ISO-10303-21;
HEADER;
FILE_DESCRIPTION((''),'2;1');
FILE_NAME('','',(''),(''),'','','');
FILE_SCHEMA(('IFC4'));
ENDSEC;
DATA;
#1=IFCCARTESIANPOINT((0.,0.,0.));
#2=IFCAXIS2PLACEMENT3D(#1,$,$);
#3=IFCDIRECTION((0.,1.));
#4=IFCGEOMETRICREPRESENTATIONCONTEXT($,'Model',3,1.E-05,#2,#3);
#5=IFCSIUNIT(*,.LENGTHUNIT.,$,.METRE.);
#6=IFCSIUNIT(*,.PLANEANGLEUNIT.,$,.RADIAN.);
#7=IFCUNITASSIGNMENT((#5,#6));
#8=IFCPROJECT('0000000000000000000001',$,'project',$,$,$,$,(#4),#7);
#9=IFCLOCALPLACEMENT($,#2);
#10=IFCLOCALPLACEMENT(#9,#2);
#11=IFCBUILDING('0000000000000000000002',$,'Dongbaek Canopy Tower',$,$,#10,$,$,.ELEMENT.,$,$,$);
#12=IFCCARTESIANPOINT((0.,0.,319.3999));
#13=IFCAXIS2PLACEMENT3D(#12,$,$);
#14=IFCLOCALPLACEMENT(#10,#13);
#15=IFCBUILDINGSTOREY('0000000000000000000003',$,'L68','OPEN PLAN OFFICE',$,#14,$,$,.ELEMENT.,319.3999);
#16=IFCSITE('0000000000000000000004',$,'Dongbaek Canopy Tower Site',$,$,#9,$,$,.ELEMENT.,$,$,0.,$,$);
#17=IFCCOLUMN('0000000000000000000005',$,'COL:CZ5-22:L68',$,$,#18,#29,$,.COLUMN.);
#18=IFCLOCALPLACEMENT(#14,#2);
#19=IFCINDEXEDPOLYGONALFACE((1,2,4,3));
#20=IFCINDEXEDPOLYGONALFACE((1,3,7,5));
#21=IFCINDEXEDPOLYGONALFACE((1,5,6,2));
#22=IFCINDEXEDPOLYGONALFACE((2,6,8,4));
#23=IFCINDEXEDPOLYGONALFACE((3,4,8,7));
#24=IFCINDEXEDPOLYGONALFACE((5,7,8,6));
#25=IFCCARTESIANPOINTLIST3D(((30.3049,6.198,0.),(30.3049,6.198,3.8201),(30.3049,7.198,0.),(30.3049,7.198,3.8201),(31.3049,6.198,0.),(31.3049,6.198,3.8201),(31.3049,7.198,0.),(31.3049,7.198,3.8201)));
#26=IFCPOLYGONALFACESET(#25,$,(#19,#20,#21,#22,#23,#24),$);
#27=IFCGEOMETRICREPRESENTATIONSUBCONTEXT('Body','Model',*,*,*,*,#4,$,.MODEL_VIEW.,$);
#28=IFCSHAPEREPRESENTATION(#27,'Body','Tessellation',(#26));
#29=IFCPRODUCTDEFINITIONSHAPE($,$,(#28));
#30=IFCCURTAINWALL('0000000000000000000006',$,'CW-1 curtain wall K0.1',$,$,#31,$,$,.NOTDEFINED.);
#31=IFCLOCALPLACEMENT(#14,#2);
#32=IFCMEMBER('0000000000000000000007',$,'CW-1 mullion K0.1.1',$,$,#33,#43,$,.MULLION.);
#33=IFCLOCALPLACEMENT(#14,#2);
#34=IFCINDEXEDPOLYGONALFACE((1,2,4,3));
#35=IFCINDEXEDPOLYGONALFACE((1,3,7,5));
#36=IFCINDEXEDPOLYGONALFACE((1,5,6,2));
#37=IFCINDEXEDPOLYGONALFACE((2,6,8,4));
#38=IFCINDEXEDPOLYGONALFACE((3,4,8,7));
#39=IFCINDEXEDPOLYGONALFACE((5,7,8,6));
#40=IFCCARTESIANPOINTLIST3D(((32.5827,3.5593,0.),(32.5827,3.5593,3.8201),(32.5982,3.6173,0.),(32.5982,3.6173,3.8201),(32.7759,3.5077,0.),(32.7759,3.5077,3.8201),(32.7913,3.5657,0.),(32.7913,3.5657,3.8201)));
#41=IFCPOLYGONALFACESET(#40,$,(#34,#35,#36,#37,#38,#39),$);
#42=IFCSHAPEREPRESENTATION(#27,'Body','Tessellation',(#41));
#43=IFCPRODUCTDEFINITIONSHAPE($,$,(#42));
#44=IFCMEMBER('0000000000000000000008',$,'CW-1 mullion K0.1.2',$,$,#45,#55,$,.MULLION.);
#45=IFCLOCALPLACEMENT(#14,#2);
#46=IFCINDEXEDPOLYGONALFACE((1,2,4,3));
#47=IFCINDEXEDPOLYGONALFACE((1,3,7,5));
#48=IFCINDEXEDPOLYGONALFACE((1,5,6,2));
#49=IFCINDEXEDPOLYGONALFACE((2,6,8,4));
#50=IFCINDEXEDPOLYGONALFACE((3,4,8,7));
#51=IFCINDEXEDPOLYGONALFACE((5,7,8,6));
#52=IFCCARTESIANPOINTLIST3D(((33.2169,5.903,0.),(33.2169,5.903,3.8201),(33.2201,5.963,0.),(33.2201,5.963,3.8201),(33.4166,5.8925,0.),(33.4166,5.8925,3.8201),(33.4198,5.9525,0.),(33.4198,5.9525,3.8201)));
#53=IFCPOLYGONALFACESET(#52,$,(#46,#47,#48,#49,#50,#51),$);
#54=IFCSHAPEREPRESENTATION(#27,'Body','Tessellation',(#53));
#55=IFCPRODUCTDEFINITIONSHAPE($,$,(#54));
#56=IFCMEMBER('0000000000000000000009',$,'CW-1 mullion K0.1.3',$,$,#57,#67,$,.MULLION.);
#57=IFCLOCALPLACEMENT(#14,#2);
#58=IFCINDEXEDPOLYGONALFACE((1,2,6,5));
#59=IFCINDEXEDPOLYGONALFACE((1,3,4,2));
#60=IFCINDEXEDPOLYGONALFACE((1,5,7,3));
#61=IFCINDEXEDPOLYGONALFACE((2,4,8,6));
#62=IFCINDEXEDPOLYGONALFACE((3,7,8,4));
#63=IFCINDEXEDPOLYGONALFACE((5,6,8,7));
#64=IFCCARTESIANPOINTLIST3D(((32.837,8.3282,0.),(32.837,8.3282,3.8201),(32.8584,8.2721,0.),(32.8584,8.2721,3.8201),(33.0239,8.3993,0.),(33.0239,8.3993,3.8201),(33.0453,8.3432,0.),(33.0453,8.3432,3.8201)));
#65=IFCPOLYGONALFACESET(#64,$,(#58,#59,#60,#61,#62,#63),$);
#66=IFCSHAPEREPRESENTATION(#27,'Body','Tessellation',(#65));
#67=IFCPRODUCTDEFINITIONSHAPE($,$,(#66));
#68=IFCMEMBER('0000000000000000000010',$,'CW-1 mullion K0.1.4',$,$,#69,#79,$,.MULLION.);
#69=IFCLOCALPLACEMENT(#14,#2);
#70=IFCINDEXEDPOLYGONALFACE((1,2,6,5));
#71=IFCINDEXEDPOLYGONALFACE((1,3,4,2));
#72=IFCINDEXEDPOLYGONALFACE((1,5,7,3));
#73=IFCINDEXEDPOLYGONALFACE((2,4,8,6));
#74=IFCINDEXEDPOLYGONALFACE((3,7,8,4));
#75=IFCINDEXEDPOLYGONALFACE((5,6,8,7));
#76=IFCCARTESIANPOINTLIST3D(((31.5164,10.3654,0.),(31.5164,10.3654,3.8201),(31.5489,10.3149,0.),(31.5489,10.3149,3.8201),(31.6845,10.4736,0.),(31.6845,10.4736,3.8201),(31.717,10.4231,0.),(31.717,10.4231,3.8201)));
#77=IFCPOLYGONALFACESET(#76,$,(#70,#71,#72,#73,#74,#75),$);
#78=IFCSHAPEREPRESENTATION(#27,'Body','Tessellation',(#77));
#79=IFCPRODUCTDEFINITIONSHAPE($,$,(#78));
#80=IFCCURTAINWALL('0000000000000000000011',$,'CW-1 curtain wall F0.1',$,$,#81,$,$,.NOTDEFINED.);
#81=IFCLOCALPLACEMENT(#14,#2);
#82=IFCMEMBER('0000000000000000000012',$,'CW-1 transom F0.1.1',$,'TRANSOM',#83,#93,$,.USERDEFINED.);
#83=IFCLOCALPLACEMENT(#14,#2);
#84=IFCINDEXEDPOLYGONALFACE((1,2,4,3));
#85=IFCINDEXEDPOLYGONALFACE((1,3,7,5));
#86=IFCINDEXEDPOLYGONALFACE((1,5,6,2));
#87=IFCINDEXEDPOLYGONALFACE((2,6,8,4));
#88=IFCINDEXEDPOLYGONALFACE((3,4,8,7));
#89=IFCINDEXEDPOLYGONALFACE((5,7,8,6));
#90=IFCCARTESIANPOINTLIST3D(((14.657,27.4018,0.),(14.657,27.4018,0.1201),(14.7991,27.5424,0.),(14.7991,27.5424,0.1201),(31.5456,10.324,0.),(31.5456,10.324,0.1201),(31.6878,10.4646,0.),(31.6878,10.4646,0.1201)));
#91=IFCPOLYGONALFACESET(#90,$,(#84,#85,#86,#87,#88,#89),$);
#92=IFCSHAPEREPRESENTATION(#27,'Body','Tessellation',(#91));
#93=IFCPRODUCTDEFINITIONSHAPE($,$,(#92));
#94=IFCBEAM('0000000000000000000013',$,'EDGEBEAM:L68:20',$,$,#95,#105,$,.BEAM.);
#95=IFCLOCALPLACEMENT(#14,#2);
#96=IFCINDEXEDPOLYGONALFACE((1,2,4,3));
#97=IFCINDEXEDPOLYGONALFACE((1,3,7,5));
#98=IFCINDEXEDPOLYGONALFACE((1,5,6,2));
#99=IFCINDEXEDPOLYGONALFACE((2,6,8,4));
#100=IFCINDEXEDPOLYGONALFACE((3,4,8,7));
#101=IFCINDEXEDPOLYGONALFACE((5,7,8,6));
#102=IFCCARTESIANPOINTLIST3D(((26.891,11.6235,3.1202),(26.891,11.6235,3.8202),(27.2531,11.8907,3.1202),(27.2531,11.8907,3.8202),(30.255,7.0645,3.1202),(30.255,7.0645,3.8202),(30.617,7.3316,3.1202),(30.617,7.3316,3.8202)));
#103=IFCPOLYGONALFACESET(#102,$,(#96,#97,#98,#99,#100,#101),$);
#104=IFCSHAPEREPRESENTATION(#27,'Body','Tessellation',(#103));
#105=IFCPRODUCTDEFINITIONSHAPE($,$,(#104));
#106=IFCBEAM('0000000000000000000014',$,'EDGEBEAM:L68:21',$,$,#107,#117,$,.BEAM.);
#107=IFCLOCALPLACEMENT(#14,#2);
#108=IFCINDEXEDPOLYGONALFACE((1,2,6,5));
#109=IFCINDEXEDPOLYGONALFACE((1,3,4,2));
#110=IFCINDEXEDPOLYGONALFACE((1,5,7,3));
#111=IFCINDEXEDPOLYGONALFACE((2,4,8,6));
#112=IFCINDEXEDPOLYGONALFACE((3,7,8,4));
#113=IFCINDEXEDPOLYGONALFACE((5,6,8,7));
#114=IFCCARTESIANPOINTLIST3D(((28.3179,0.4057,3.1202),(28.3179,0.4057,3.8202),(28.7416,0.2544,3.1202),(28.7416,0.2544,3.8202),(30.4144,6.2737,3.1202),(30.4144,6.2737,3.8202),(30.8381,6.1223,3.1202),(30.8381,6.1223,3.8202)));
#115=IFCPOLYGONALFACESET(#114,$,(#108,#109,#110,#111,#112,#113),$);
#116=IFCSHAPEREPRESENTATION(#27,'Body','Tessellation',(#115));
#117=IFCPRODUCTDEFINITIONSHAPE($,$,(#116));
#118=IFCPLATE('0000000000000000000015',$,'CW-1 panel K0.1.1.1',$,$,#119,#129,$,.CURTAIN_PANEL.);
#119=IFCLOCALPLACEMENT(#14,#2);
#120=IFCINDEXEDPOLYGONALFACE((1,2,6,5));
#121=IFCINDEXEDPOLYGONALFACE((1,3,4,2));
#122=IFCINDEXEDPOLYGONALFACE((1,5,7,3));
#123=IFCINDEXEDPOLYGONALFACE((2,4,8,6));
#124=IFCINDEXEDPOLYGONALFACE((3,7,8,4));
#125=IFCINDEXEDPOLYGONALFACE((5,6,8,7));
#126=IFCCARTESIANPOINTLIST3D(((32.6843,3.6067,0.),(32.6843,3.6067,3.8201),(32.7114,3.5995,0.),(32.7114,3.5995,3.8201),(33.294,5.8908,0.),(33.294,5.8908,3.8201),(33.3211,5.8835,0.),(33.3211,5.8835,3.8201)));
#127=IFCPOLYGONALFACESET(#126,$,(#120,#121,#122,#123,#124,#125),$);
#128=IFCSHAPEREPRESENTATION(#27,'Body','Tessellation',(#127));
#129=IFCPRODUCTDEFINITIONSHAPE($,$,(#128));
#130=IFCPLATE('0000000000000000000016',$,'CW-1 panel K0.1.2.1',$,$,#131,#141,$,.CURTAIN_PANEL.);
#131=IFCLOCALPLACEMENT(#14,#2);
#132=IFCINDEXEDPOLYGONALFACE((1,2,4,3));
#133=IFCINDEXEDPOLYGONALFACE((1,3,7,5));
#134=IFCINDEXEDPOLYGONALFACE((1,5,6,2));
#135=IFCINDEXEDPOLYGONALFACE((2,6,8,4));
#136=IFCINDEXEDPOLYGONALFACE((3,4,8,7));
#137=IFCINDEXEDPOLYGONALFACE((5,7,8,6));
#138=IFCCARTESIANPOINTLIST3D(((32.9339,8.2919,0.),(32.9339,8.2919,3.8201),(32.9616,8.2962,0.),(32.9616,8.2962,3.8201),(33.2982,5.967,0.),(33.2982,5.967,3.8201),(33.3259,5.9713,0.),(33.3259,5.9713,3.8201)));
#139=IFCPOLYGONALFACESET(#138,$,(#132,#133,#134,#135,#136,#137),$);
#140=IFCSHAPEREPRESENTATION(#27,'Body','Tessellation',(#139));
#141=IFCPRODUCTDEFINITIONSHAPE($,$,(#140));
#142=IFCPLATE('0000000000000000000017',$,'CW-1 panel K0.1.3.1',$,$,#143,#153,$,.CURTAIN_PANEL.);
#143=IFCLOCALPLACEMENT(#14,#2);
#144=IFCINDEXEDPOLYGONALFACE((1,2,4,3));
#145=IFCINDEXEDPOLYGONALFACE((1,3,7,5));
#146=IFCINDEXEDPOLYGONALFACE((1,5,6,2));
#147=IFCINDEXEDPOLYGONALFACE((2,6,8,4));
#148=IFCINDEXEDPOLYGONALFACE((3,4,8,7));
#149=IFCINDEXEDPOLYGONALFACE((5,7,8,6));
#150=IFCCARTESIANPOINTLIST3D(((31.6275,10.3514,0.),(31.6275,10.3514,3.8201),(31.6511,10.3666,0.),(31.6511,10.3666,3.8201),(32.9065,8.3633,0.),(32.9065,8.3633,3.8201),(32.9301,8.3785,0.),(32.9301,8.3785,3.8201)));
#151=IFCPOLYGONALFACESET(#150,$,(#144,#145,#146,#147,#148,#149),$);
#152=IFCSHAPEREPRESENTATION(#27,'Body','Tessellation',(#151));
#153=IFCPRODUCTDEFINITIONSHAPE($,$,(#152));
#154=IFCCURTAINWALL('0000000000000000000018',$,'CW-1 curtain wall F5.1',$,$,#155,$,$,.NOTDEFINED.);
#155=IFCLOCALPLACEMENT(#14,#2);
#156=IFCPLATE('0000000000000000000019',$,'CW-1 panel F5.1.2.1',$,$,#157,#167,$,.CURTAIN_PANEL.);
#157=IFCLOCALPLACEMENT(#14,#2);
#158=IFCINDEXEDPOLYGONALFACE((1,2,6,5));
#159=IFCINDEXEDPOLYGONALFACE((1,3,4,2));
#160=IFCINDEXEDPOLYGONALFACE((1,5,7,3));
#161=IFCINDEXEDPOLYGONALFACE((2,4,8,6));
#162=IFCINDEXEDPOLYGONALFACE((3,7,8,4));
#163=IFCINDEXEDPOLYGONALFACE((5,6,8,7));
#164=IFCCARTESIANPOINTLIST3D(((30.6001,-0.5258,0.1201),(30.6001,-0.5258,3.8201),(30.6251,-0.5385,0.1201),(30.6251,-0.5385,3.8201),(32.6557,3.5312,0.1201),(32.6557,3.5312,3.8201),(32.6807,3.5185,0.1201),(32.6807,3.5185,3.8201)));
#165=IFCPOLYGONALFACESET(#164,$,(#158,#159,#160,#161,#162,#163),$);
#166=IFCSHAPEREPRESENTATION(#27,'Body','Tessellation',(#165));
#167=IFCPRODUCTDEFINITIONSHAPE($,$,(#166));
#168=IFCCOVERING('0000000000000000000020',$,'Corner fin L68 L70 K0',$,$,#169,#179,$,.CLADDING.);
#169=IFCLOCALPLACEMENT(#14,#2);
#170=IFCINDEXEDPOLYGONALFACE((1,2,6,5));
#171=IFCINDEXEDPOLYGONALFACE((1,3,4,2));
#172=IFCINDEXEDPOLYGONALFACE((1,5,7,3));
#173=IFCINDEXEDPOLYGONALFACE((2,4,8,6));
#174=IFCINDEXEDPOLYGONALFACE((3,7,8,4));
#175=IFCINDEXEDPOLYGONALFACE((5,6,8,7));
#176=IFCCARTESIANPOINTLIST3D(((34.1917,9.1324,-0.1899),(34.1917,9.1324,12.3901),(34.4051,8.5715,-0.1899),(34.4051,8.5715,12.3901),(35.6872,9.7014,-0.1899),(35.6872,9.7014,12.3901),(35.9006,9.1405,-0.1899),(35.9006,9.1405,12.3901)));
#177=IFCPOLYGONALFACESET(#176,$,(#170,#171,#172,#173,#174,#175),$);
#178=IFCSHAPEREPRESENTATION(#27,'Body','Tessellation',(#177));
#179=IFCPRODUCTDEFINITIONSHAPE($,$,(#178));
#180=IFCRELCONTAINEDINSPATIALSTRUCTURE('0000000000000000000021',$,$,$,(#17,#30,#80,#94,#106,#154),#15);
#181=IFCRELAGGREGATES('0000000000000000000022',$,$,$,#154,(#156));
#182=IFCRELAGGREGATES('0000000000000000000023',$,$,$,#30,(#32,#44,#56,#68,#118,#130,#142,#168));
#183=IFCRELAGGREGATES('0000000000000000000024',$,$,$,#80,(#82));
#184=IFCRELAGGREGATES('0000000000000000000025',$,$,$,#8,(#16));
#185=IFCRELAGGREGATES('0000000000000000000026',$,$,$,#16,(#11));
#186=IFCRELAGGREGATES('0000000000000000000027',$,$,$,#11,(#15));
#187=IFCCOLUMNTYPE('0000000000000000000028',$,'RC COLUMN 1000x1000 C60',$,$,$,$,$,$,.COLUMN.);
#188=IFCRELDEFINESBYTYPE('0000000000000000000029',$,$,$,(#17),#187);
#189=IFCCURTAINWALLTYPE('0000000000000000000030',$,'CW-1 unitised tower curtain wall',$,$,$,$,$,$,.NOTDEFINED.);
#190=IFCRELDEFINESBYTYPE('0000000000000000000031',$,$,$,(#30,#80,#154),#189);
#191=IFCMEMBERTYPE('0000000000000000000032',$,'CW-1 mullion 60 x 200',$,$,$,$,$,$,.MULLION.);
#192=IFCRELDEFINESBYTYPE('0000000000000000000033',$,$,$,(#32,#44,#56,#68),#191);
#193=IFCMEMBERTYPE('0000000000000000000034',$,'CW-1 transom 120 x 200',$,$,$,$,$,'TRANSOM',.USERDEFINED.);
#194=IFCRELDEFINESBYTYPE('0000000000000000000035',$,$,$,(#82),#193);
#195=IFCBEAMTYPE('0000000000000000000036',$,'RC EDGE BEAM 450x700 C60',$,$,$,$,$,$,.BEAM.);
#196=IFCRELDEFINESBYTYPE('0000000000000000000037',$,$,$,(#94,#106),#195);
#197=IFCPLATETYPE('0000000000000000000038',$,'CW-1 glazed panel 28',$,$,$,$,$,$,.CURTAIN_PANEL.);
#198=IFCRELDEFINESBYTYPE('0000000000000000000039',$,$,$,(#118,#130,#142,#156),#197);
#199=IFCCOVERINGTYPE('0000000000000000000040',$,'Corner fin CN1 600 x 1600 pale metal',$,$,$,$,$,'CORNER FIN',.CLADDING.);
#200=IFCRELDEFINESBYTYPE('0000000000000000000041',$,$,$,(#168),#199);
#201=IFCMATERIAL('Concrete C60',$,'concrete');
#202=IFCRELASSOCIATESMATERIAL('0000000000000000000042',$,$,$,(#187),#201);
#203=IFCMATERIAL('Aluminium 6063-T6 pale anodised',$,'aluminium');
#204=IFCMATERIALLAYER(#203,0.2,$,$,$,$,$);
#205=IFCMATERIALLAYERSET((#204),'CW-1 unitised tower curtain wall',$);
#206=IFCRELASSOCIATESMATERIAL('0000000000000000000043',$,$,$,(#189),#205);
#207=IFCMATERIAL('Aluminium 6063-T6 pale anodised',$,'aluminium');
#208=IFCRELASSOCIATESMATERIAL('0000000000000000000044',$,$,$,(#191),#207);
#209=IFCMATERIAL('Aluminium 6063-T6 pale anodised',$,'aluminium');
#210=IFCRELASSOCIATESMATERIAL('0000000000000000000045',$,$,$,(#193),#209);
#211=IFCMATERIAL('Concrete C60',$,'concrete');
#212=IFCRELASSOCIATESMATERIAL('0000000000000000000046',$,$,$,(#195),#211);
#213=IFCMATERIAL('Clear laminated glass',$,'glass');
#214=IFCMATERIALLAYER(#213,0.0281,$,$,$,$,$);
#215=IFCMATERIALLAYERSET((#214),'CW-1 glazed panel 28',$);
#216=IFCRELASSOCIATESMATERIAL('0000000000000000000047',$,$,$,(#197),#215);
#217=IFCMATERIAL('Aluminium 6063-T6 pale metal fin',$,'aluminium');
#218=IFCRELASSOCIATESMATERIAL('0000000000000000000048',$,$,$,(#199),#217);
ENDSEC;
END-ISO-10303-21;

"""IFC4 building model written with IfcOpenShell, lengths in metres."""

from ifc_helpers import new_model, si_unit, direction, frame, origin, origin_2d, place, context, subcontext, project, spatial, rectangle, extrude, material, layer, layer_set, material_profile, profile_set, type_object, element, aggregate, save


model = new_model("IFC4")

# Units and contexts
model_context = context("Model", 3, precision=1e-05, world=origin(), true_north=direction((0.0, 1.0)))
body_context = subcontext(model_context, "Body", "Model", "MODEL_VIEW")
ifc_project = project(units=[si_unit("LENGTHUNIT", "METRE"), si_unit("PLANEANGLEUNIT", "RADIAN")], contexts=[model_context])

# Site, building, storey
site_placement = place(None, origin())
site = spatial("IfcSite", under=ifc_project, at=site_placement, Name="Dongbaek Canopy Tower Site", CompositionType="ELEMENT", RefElevation=0.0)
building_placement = place(site_placement, origin())
building = spatial("IfcBuilding", under=site, at=building_placement, Name="Dongbaek Canopy Tower", CompositionType="ELEMENT")
storey_placement = place(building_placement, frame((0.0, 0.0, 319.3999)))
storey = spatial("IfcBuildingStorey", under=building, at=storey_placement, Name="L68", Description="OPEN PLAN OFFICE", CompositionType="ELEMENT", Elevation=319.3999)

# Column
ifc_material_1 = material(Name="Concrete C60", Category="concrete")
ifc_material_profile_1 = material_profile(ifc_material_1, rectangle(XDim=1.0, YDim=1.0, at=origin_2d()), Name="RC COLUMN 1000x1000 C60")
ifc_profile_set_1 = profile_set([ifc_material_profile_1], Name="Concrete C60")
column_type = type_object("IfcColumnType", Name="RC COLUMN 1000x1000 C60", PredefinedType="COLUMN", material=ifc_profile_set_1)
column_placement = place(storey_placement, frame((30.8049, 6.698, 0.0), z_axis=(0.0, 0.0, 1.0), x_axis=(1.0, 0.0, 0.0)))
element("IfcColumn", 1, at=column_placement, inside=storey, type_object=column_type, Name="COL:CZ5-22:L68", PredefinedType="COLUMN", context=body_context, shape_type="SweptSolid", body=[
    extrude(rectangle(XDim=1.0, YDim=1.0, at=origin_2d()), origin(), (0.0, 0.0, 1.0), 3.8201),
])

# Curtain wall, members
ifc_material_2 = material(Name="Aluminium 6063-T6 pale anodised", Category="aluminium")
ifc_layer_1 = layer(ifc_material_2, 0.2)
ifc_layer_set_1 = layer_set([ifc_layer_1], Name="CW-1 unitised tower curtain wall")
curtain_wall_type = type_object("IfcCurtainWallType", Name="CW-1 unitised tower curtain wall", PredefinedType="NOTDEFINED", material=ifc_layer_set_1)
curtain_wall_1_placement = place(storey_placement, origin())
curtain_wall_1 = element("IfcCurtainWall", 2, at=curtain_wall_1_placement, inside=storey, type_object=curtain_wall_type, Name="CW-1 curtain wall K0.1", PredefinedType="NOTDEFINED")
ifc_material_3 = material(Name="Aluminium 6063-T6 pale anodised", Category="aluminium")
ifc_material_profile_2 = material_profile(ifc_material_3, rectangle(XDim=0.2, YDim=0.0601, at=origin_2d()), Name="CW-1 mullion 60 x 200")
ifc_profile_set_2 = profile_set([ifc_material_profile_2], Name="Aluminium 6063-T6 pale anodised")
member_type_1 = type_object("IfcMemberType", Name="CW-1 mullion 60 x 200", PredefinedType="MULLION", material=ifc_profile_set_2)
member_1_placement = place(storey_placement, frame((32.687, 3.5625, 0.0), z_axis=(0.0, 0.0, 1.0), x_axis=(0.966174, -0.257892, 0.0)))
member_1 = element("IfcMember", 3, at=member_1_placement, type_object=member_type_1, Name="CW-1 mullion K0.1.1", PredefinedType="MULLION", context=body_context, shape_type="SweptSolid", body=[
    extrude(rectangle(XDim=0.2, YDim=0.0601, at=origin_2d()), origin(), (0.0, 0.0, 1.0), 3.8201),
])
member_2_placement = place(storey_placement, frame((33.3184, 5.9277, 0.0), z_axis=(0.0, 0.0, 1.0), x_axis=(0.998611, -0.052682, 0.0)))
member_2 = element("IfcMember", 4, at=member_2_placement, type_object=member_type_1, Name="CW-1 mullion K0.1.2", PredefinedType="MULLION", context=body_context, shape_type="SweptSolid", body=[
    extrude(rectangle(XDim=0.2, YDim=0.0601, at=origin_2d()), origin(), (0.0, 0.0, 1.0), 3.8201),
])
member_3_placement = place(storey_placement, frame((32.9412, 8.3357, 0.0), z_axis=(0.0, 0.0, 1.0), x_axis=(0.934637, 0.355604, 0.0)))
member_3 = element("IfcMember", 5, at=member_3_placement, type_object=member_type_1, Name="CW-1 mullion K0.1.3", PredefinedType="MULLION", context=body_context, shape_type="SweptSolid", body=[
    extrude(rectangle(XDim=0.2, YDim=0.0601, at=origin_2d()), origin(), (0.0, 0.0, 1.0), 3.8201),
])
member_4_placement = place(storey_placement, frame((31.6167, 10.3943, 0.0), z_axis=(0.0, 0.0, 1.0), x_axis=(0.840986, 0.541057, 0.0)))
member_4 = element("IfcMember", 6, at=member_4_placement, type_object=member_type_1, Name="CW-1 mullion K0.1.4", PredefinedType="MULLION", context=body_context, shape_type="SweptSolid", body=[
    extrude(rectangle(XDim=0.2, YDim=0.0601, at=origin_2d()), origin(), (0.0, 0.0, 1.0), 3.8201),
])

# Curtain wall, member
curtain_wall_2_placement = place(storey_placement, origin())
curtain_wall_2 = element("IfcCurtainWall", 7, at=curtain_wall_2_placement, inside=storey, type_object=curtain_wall_type, Name="CW-1 curtain wall F0.1", PredefinedType="NOTDEFINED")
ifc_material_4 = material(Name="Aluminium 6063-T6 pale anodised", Category="aluminium")
ifc_material_profile_3 = material_profile(ifc_material_4, rectangle(XDim=0.2, YDim=0.1201, at=origin_2d()), Name="CW-1 transom 120 x 200")
ifc_profile_set_3 = profile_set([ifc_material_profile_3], Name="Aluminium 6063-T6 pale anodised")
member_type_2 = type_object("IfcMemberType", Name="CW-1 transom 120 x 200", ElementType="TRANSOM", PredefinedType="USERDEFINED", material=ifc_profile_set_3)
member_5_placement = place(storey_placement, frame((31.6167, 10.3943, 0.0601), z_axis=(-0.703157, 0.711035, 0.0), x_axis=(-0.711035, -0.703157, 0.0)))
member_5 = element("IfcMember", 8, at=member_5_placement, type_object=member_type_2, Name="CW-1 transom F0.1.1", ObjectType="TRANSOM", PredefinedType="USERDEFINED", context=body_context, shape_type="SweptSolid", body=[
    extrude(rectangle(XDim=0.2, YDim=0.1201, at=origin_2d()), origin(), (0.0, 0.0, 1.0), 24.0183),
])

# Beams
ifc_material_5 = material(Name="Concrete C60", Category="concrete")
ifc_material_profile_4 = material_profile(ifc_material_5, rectangle(XDim=0.45, YDim=0.7, at=origin_2d()), Name="RC EDGE BEAM 450x700 C60")
ifc_profile_set_4 = profile_set([ifc_material_profile_4], Name="Concrete C60")
beam_type = type_object("IfcBeamType", Name="RC EDGE BEAM 450x700 C60", PredefinedType="BEAM", material=ifc_profile_set_4)
beam_1_placement = place(storey_placement, frame((27.072, 11.7571, 3.4702), z_axis=(0.593735, -0.80466, 0.0), x_axis=(0.80466, 0.593735, 0.0)))
element("IfcBeam", 9, at=beam_1_placement, inside=storey, type_object=beam_type, Name="EDGEBEAM:L68:20", PredefinedType="BEAM", context=body_context, shape_type="SweptSolid", body=[
    extrude(rectangle(XDim=0.45, YDim=0.7, at=origin_2d()), origin(), (0.0, 0.0, 1.0), 5.6658),
])
beam_2_placement = place(storey_placement, frame((30.6262, 6.198, 3.4702), z_axis=(-0.336443, -0.941704, 0.0), x_axis=(0.941704, -0.336443, 0.0)))
element("IfcBeam", 10, at=beam_2_placement, inside=storey, type_object=beam_type, Name="EDGEBEAM:L68:21", PredefinedType="BEAM", context=body_context, shape_type="SweptSolid", body=[
    extrude(rectangle(XDim=0.45, YDim=0.7, at=origin_2d()), origin(), (0.0, 0.0, 1.0), 6.2312),
])

# Plates
ifc_material_6 = material(Name="Clear laminated glass", Category="glass")
ifc_layer_2 = layer(ifc_material_6, 0.0281)
ifc_layer_set_2 = layer_set([ifc_layer_2], Name="CW-1 glazed panel 28")
plate_type = type_object("IfcPlateType", Name="CW-1 glazed panel 28", PredefinedType="CURTAIN_PANEL", material=ifc_layer_set_2)
plate_1_placement = place(storey_placement, frame((33.0027, 4.7451, 0.0), z_axis=(0.0, 0.0, 1.0), x_axis=(0.257892, 0.966174, 0.0)))
plate_1 = element("IfcPlate", 11, at=plate_1_placement, type_object=plate_type, Name="CW-1 panel K0.1.1.1", PredefinedType="CURTAIN_PANEL", context=body_context, shape_type="SweptSolid", body=[
    extrude(rectangle(XDim=2.364, YDim=0.0281, at=origin_2d()), origin(), (0.0, 0.0, 1.0), 3.8201),
])
plate_2_placement = place(storey_placement, frame((33.1299, 7.1316, 0.0), z_axis=(0.0, 0.0, 1.0), x_axis=(-0.154802, 0.987945, 0.0)))
plate_2 = element("IfcPlate", 12, at=plate_2_placement, type_object=plate_type, Name="CW-1 panel K0.1.2.1", PredefinedType="CURTAIN_PANEL", context=body_context, shape_type="SweptSolid", body=[
    extrude(rectangle(XDim=2.3533, YDim=0.0281, at=origin_2d()), origin(), (0.0, 0.0, 1.0), 3.8201),
])
plate_3_placement = place(storey_placement, frame((32.2788, 9.365, 0.0), z_axis=(0.0, 0.0, 1.0), x_axis=(-0.541057, 0.840986, 0.0)))
plate_3 = element("IfcPlate", 13, at=plate_3_placement, type_object=plate_type, Name="CW-1 panel K0.1.3.1", PredefinedType="CURTAIN_PANEL", context=body_context, shape_type="SweptSolid", body=[
    extrude(rectangle(XDim=2.364, YDim=0.0281, at=origin_2d()), origin(), (0.0, 0.0, 1.0), 3.8201),
])

# Curtain wall, plate
curtain_wall_3_placement = place(storey_placement, origin())
curtain_wall_3 = element("IfcCurtainWall", 14, at=curtain_wall_3_placement, inside=storey, type_object=curtain_wall_type, Name="CW-1 curtain wall F5.1", PredefinedType="NOTDEFINED")
plate_4_placement = place(storey_placement, frame((31.6404, 1.4963, 0.1201), z_axis=(0.0, 0.0, 1.0), x_axis=(0.45197, 0.892033, 0.0)))
plate_4 = element("IfcPlate", 15, at=plate_4_placement, type_object=plate_type, Name="CW-1 panel F5.1.2.1", PredefinedType="CURTAIN_PANEL", context=body_context, shape_type="SweptSolid", body=[
    extrude(rectangle(XDim=4.5481, YDim=0.0281, at=origin_2d()), origin(), (0.0, 0.0, 1.0), 3.7),
])

# Covering
ifc_material_7 = material(Name="Aluminium 6063-T6 pale metal fin", Category="aluminium")
ifc_material_profile_5 = material_profile(ifc_material_7, rectangle(XDim=1.6001, YDim=0.6001, at=origin_2d()), Name="Corner fin CN1 600 x 1600 pale metal")
ifc_profile_set_5 = profile_set([ifc_material_profile_5], Name="Aluminium 6063-T6 pale metal fin")
covering_type_1 = type_object("IfcCoveringType", Name="Corner fin CN1 600 x 1600 pale metal", ElementType="CORNER FIN", PredefinedType="CLADDING", material=ifc_profile_set_5)
covering_1_placement = place(storey_placement, frame((35.0461, 9.1365, -0.1899), z_axis=(0.0, 0.0, 1.0), x_axis=(0.934637, 0.355605, 0.0)))
covering_1 = element("IfcCovering", 16, at=covering_1_placement, type_object=covering_type_1, Name="Corner fin L68 L70 K0", PredefinedType="CLADDING", context=body_context, shape_type="SweptSolid", body=[
    extrude(rectangle(XDim=1.6001, YDim=0.6001, at=origin_2d()), origin(), (0.0, 0.0, 1.0), 12.5801),
])
aggregate(curtain_wall_3, [plate_4])
aggregate(curtain_wall_1, [member_1, member_2, member_3, member_4, plate_1, plate_2, plate_3, covering_1])
aggregate(curtain_wall_2, [member_5])

save(model, "model.ifc")
